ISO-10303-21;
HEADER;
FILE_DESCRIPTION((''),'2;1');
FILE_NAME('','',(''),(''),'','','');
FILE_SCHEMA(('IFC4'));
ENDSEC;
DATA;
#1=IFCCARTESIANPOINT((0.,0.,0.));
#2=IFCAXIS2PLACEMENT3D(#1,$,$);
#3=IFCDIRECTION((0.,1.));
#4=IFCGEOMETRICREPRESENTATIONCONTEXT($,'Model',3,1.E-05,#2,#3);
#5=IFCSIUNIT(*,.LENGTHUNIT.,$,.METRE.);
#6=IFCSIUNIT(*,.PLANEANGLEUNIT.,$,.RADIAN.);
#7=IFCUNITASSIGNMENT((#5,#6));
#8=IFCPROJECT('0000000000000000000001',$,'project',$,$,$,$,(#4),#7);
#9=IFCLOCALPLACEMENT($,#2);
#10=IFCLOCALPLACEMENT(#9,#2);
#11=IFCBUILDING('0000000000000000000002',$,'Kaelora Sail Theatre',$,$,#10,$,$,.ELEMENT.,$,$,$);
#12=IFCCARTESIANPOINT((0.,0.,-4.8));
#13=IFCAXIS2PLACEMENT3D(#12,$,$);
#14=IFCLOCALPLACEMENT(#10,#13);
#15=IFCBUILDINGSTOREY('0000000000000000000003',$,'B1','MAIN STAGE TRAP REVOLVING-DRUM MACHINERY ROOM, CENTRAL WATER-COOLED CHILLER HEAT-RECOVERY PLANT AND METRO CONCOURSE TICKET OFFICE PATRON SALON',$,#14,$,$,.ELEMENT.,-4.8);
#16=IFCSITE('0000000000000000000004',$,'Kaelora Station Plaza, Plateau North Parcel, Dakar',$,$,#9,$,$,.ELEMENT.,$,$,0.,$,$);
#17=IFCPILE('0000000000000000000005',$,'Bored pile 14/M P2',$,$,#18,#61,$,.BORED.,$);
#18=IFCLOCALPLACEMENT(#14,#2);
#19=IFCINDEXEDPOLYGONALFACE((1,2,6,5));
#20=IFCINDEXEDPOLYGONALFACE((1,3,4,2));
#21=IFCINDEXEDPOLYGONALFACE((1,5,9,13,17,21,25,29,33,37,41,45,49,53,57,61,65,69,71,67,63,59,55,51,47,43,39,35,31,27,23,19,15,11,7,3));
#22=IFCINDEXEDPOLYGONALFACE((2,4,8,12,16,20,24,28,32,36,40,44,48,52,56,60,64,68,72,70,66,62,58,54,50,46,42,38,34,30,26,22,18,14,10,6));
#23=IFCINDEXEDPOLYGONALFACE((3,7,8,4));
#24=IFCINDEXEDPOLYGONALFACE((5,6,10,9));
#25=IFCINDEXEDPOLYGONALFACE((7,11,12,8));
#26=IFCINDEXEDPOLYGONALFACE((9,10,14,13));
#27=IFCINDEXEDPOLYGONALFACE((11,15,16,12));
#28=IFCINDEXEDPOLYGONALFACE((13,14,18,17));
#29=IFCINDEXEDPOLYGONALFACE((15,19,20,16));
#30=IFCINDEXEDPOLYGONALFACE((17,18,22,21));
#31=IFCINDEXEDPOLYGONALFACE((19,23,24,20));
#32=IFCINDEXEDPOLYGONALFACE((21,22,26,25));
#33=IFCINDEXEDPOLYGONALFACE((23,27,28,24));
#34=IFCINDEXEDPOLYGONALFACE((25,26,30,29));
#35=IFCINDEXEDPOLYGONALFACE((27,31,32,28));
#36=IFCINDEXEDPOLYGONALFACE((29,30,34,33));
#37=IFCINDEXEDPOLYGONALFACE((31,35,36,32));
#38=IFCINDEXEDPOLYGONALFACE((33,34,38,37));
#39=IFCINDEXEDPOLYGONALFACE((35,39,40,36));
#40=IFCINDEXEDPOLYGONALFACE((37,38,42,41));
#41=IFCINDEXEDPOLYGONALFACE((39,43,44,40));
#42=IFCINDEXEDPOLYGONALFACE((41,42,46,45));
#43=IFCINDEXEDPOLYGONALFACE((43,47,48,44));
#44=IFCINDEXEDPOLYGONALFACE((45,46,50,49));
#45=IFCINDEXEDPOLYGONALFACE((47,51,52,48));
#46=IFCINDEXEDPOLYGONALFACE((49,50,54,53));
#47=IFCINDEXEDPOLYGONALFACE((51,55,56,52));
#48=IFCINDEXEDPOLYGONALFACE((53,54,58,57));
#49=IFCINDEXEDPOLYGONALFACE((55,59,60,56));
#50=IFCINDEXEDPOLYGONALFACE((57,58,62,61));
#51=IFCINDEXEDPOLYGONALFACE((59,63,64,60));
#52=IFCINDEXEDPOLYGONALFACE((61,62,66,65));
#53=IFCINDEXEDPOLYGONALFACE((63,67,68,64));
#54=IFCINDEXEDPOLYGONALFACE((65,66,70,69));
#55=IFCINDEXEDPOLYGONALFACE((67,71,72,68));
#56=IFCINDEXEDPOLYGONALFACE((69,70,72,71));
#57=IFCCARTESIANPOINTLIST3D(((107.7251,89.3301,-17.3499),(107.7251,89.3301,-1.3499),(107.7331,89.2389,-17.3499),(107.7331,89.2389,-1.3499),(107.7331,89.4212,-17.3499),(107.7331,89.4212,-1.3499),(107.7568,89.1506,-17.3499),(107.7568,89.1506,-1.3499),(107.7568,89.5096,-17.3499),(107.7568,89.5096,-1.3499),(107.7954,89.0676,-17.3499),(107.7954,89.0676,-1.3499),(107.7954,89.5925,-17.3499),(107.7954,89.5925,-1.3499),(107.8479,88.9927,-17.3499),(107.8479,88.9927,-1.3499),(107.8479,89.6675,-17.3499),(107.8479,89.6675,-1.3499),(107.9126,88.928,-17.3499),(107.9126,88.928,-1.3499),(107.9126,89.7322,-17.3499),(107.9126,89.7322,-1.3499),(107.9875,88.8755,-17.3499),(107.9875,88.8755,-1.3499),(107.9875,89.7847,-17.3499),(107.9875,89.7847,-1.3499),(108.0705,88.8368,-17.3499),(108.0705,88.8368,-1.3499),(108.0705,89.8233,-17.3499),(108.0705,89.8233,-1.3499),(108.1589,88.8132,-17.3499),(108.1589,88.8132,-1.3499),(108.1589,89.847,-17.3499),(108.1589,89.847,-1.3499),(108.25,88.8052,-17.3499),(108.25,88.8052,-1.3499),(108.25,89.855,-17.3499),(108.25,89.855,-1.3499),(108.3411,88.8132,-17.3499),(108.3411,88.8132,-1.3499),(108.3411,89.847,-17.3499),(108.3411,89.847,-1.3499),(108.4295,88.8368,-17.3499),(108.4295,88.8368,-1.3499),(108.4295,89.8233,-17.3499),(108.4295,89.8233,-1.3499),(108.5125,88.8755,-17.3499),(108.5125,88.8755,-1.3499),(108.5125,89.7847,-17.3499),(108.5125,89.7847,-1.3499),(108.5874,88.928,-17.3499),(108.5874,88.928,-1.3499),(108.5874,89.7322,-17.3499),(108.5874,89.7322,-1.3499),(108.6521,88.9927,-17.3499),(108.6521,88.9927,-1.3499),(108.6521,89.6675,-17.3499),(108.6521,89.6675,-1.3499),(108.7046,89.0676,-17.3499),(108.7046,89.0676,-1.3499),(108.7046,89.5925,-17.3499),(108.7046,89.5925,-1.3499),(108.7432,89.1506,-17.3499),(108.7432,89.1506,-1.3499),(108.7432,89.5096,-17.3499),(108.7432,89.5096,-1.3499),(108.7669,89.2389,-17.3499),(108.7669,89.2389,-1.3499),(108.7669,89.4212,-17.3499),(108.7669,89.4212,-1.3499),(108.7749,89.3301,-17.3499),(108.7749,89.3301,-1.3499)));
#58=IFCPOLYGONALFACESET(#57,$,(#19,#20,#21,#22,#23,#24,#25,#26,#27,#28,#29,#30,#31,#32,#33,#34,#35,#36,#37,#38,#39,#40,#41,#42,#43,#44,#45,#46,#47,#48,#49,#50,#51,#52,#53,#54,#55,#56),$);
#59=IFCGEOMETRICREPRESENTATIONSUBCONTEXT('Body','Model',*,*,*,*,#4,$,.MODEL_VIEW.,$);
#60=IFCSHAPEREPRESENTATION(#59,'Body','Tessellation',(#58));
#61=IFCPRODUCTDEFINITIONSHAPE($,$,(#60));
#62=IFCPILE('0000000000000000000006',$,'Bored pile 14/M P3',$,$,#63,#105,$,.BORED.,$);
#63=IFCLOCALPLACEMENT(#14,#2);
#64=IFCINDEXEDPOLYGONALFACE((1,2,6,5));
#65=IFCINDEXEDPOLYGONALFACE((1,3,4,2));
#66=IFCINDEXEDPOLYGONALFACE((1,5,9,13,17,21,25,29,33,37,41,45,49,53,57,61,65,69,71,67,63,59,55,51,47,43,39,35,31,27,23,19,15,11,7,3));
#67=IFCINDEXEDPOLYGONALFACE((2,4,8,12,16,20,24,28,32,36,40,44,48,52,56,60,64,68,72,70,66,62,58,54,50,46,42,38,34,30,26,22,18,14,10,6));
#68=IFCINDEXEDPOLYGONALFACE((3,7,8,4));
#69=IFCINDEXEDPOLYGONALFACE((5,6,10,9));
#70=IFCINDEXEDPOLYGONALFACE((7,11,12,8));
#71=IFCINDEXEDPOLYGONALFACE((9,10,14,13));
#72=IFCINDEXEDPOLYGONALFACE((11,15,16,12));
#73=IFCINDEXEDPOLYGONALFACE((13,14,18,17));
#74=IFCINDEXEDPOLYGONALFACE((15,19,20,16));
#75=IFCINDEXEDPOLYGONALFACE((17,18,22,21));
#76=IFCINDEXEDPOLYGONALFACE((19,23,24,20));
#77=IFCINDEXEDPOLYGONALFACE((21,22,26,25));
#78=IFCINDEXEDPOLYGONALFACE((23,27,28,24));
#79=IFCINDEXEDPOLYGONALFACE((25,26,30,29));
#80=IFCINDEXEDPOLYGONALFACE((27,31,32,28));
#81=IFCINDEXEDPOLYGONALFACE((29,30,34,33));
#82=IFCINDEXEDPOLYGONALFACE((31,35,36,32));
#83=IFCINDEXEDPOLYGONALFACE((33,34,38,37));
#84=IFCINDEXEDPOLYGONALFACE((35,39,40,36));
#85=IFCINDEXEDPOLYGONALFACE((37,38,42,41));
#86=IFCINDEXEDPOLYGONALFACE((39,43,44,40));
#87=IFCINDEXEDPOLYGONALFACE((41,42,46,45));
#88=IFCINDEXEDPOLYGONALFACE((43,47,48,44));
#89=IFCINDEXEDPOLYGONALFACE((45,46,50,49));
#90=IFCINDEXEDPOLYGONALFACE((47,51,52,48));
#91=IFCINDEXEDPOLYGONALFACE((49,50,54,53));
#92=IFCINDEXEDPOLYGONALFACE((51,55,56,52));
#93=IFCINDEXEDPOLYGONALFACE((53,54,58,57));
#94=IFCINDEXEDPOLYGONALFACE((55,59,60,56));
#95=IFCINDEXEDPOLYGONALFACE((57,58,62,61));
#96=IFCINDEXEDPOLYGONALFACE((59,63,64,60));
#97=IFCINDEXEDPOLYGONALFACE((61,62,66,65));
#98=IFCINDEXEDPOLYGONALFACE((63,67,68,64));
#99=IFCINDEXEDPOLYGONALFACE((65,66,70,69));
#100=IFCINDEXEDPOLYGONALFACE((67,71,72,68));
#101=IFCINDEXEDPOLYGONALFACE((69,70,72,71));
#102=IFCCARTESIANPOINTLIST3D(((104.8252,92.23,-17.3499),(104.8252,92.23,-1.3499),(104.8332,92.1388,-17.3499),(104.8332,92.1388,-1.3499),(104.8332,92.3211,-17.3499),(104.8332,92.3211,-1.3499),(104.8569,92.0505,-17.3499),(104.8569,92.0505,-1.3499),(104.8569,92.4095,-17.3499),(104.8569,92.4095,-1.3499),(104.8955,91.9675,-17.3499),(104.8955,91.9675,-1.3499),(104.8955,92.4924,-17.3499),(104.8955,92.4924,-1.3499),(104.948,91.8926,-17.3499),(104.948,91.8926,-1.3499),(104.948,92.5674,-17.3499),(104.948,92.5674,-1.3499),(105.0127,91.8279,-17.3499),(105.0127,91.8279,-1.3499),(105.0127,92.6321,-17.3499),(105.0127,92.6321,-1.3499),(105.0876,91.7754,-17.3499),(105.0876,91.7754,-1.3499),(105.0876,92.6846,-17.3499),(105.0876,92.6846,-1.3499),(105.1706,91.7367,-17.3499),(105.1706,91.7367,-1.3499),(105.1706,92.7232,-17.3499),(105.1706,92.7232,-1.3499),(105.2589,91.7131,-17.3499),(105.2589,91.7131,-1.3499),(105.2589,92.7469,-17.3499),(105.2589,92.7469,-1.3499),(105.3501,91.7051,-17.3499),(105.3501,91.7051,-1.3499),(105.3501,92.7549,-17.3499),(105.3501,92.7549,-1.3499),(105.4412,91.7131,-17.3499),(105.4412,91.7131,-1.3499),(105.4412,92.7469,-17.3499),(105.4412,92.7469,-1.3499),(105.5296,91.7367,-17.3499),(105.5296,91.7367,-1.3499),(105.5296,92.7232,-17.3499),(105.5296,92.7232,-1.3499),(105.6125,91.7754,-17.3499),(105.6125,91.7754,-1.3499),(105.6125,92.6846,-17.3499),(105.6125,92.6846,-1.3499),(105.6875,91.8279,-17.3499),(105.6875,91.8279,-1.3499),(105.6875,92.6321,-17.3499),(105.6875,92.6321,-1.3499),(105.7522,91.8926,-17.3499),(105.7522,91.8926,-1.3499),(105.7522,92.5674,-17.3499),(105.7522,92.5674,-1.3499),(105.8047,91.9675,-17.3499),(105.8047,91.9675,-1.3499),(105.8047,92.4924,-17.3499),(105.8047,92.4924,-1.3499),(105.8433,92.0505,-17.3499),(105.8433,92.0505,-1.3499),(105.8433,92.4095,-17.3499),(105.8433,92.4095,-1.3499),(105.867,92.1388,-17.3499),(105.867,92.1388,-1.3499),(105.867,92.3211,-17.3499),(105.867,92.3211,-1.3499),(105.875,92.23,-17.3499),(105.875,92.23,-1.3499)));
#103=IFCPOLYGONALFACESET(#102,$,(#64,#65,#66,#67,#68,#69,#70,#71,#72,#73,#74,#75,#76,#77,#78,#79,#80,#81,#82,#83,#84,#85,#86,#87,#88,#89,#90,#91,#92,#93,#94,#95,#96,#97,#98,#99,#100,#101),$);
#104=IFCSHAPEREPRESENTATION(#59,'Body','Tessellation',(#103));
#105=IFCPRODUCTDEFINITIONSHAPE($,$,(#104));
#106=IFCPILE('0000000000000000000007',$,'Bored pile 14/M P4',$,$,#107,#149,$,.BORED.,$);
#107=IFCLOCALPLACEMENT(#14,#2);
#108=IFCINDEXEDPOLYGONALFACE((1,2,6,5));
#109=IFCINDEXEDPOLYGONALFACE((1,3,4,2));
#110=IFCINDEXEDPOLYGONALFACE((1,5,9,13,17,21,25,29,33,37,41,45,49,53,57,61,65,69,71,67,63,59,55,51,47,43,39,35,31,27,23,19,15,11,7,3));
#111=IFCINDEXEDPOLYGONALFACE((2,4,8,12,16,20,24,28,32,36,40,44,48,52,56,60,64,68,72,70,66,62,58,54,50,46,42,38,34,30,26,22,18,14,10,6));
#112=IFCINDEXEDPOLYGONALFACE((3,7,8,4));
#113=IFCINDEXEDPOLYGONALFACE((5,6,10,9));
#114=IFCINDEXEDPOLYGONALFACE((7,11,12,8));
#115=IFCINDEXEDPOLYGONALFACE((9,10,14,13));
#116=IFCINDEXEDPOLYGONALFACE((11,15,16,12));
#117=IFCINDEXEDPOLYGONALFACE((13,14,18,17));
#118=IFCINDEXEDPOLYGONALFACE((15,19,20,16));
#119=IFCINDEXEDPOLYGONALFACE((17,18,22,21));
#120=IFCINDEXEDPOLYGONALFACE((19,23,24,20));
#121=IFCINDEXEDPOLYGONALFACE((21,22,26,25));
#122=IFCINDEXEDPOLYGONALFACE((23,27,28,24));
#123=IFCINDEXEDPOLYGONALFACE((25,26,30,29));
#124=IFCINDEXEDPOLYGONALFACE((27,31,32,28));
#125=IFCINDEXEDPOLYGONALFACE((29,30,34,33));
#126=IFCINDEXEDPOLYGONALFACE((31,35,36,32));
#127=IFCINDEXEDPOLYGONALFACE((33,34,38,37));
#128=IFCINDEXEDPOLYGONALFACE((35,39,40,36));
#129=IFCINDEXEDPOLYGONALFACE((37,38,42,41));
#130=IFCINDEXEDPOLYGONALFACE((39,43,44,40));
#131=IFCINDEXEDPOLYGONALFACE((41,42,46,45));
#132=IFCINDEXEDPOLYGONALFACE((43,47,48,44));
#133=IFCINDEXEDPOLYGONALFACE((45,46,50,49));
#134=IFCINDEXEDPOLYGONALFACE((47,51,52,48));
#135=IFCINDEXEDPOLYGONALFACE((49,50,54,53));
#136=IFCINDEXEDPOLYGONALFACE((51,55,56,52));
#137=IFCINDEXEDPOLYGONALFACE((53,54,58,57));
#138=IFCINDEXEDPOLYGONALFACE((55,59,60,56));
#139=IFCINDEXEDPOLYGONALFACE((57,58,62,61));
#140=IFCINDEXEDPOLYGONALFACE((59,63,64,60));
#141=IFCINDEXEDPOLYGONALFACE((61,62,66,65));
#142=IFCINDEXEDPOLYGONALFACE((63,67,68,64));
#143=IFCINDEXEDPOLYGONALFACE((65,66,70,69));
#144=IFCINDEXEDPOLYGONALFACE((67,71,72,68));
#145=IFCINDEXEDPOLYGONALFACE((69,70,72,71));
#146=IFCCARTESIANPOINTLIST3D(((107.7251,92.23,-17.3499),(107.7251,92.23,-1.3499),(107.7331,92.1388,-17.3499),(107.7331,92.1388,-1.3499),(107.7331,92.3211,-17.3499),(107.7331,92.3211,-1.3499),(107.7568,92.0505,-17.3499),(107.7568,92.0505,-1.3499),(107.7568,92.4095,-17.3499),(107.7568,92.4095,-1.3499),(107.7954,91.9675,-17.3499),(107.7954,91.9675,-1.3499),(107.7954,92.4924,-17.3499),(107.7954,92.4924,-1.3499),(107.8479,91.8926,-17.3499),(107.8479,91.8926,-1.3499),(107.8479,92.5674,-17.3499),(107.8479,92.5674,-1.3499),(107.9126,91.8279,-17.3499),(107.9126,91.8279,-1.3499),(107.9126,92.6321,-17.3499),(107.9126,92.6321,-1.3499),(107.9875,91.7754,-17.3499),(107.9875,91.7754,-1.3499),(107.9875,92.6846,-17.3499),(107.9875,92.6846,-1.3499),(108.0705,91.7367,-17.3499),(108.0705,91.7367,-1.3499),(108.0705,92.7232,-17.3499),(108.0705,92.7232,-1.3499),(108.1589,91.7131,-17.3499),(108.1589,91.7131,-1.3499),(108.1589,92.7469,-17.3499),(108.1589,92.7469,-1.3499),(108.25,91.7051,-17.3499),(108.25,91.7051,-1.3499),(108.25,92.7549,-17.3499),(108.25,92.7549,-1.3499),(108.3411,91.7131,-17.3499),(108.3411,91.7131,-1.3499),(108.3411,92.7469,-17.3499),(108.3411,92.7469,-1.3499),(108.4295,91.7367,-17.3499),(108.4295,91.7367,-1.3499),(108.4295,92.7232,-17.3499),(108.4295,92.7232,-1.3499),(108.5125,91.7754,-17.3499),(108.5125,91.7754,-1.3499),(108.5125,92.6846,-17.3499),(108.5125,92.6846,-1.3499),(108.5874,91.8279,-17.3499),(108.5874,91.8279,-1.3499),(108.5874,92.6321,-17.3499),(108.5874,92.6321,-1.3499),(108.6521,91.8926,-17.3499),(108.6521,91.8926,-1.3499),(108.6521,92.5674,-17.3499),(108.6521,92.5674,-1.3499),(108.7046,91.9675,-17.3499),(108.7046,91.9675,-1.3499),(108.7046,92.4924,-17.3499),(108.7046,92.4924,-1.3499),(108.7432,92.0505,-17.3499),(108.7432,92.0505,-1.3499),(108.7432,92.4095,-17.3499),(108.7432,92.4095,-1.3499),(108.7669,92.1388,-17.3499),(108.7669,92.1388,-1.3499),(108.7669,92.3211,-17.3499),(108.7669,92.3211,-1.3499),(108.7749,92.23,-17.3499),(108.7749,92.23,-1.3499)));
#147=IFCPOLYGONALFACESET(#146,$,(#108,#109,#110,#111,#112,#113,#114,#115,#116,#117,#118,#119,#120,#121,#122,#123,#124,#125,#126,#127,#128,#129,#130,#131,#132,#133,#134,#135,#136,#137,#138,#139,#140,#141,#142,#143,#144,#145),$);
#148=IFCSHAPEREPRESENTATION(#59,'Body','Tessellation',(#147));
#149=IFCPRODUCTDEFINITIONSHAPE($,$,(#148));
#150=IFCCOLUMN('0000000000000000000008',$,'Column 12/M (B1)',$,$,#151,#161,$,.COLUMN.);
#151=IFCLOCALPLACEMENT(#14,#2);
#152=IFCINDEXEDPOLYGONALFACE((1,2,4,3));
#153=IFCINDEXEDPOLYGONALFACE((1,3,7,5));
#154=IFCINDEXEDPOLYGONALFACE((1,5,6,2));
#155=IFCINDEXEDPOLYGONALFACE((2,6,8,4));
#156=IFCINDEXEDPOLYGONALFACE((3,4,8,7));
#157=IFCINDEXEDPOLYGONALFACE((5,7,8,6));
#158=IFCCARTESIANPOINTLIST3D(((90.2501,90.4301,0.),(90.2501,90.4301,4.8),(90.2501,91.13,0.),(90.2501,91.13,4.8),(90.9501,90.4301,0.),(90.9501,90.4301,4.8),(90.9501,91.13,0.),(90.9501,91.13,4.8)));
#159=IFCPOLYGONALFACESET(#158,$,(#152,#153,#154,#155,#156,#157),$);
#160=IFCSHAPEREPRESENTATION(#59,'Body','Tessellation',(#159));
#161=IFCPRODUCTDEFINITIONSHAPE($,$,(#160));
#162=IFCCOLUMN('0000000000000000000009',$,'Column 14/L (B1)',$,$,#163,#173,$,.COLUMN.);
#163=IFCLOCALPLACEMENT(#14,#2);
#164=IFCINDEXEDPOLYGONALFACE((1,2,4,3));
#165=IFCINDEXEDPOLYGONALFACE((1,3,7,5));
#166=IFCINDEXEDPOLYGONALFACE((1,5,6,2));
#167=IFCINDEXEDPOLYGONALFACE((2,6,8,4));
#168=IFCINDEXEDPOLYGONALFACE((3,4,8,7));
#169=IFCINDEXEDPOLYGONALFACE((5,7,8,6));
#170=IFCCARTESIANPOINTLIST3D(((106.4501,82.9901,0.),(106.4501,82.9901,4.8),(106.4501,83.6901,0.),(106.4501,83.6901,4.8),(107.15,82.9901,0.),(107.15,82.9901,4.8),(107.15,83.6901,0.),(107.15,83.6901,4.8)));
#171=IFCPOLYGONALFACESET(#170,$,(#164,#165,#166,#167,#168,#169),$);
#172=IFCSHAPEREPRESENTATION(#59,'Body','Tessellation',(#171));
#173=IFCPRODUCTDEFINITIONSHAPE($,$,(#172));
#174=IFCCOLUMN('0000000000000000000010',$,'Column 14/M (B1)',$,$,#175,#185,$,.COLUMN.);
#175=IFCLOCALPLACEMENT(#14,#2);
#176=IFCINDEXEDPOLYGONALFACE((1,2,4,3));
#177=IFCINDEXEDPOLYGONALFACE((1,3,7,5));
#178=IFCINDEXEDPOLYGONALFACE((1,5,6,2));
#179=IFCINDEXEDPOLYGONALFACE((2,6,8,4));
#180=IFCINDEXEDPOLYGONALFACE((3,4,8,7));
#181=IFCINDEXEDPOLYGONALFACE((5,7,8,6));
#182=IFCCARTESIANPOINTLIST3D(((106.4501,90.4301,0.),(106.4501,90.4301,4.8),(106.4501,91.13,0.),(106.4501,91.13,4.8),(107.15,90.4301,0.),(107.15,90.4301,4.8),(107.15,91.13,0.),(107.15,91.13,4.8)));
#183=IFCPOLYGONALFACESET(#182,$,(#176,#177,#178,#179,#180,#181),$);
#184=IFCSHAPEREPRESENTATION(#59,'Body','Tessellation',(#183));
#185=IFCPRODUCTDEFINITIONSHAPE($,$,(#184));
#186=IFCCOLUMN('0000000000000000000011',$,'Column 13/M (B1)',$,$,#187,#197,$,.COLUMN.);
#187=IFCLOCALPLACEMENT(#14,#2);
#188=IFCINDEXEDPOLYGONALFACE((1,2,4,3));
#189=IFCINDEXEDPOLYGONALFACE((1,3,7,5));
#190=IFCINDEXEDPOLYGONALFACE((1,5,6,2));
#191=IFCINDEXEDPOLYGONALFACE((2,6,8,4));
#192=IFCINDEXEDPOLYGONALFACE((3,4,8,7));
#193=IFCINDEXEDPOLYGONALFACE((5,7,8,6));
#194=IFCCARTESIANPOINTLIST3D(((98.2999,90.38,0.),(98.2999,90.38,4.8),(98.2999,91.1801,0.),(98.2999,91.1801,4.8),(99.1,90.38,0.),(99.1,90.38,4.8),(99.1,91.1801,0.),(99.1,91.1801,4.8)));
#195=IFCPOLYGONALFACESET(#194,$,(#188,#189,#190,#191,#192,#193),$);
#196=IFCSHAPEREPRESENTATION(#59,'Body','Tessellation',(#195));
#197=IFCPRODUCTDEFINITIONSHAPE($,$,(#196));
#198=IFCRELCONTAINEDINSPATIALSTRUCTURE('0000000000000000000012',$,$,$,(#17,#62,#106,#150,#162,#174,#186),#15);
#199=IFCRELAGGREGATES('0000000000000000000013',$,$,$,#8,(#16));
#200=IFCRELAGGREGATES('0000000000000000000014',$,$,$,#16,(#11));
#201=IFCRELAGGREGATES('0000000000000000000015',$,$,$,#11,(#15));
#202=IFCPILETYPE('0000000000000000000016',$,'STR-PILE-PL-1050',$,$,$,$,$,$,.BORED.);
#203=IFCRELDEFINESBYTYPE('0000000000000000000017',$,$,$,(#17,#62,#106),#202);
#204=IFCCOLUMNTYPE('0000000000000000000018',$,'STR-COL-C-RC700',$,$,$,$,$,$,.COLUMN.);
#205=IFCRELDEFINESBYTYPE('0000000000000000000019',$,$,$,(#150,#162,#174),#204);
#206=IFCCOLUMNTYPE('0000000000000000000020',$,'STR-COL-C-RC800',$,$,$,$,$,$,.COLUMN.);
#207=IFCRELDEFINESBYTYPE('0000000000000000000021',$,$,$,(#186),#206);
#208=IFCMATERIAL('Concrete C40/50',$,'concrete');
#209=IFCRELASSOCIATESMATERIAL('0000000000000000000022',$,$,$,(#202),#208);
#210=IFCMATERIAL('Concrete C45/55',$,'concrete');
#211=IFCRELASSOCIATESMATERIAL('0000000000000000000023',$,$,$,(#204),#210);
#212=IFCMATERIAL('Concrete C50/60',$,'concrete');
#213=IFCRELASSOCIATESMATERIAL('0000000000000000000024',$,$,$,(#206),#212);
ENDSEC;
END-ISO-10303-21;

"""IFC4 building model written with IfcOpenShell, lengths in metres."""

from ifc_helpers import new_model, si_unit, direction, frame, origin, origin_2d, place, context, subcontext, project, spatial, rectangle, circle, extrude, material, material_profile, profile_set, type_object, element, save


model = new_model("IFC4")

# Units and contexts
model_context = context("Model", 3, precision=1e-05, world=origin(), true_north=direction((0.0, 1.0)))
body_context = subcontext(model_context, "Body", "Model", "MODEL_VIEW")
ifc_project = project(units=[si_unit("LENGTHUNIT", "METRE"), si_unit("PLANEANGLEUNIT", "RADIAN")], contexts=[model_context])

# Site, building, storey
site_placement = place(None, origin())
site = spatial("IfcSite", under=ifc_project, at=site_placement, Name="Kaelora Station Plaza, Plateau North Parcel, Dakar", CompositionType="ELEMENT", RefElevation=0.0)
building_placement = place(site_placement, origin())
building = spatial("IfcBuilding", under=site, at=building_placement, Name="Kaelora Sail Theatre", CompositionType="ELEMENT")
storey_placement = place(building_placement, frame((0.0, 0.0, -4.8)))
storey = spatial("IfcBuildingStorey", under=building, at=storey_placement, Name="B1", Description="MAIN STAGE TRAP REVOLVING-DRUM MACHINERY ROOM, CENTRAL WATER-COOLED CHILLER HEAT-RECOVERY PLANT AND METRO CONCOURSE TICKET OFFICE PATRON SALON", CompositionType="ELEMENT", Elevation=-4.8)

# Piles
ifc_material_1 = material(Name="Concrete C40/50", Category="concrete")
ifc_material_profile_1 = material_profile(ifc_material_1, circle(Radius=0.5249, at=origin_2d()), Name="PILE D1050")
ifc_profile_set_1 = profile_set([ifc_material_profile_1], Name="Concrete C40/50")
pile_type = type_object("IfcPileType", Name="STR-PILE-PL-1050", PredefinedType="BORED", material=ifc_profile_set_1)
for number, where, z_axis, x_axis, name in (
    (1, (108.25, 89.3301, -1.3499), (0.0, 0.0, -1.0), (1.0, 0.0, 0.0), "Bored pile 14/M P2"),
    (2, (105.3501, 92.23, -1.3499), (0.0, 0.0, -1.0), (1.0, 0.0, 0.0), "Bored pile 14/M P3"),
    (3, (108.25, 92.23, -1.3499), (0.0, 0.0, -1.0), (1.0, 0.0, 0.0), "Bored pile 14/M P4"),
):
    element("IfcPile", number, at=place(storey_placement, frame(where, z_axis=z_axis, x_axis=x_axis)), inside=storey, type_object=pile_type, Name=name, PredefinedType="BORED", context=body_context, shape_type="SweptSolid", body=[
        extrude(circle(Radius=0.5249, at=origin_2d()), origin(), (0.0, 0.0, 1.0), 16.0),
    ])

# Columns
ifc_material_2 = material(Name="Concrete C45/55", Category="concrete")
ifc_material_profile_2 = material_profile(ifc_material_2, rectangle(XDim=0.7, YDim=0.7, at=origin_2d()), Name="RC-COL 700x700")
ifc_profile_set_2 = profile_set([ifc_material_profile_2], Name="Concrete C45/55")
column_type_1 = type_object("IfcColumnType", Name="STR-COL-C-RC700", PredefinedType="COLUMN", material=ifc_profile_set_2)
for number, where, z_axis, x_axis, name in (
    (4, (90.6001, 90.78, 0.0), (0.0, 0.0, 1.0), (1.0, 0.0, 0.0), "Column 12/M (B1)"),
    (5, (106.8, 83.3401, 0.0), (0.0, 0.0, 1.0), (1.0, 0.0, 0.0), "Column 14/L (B1)"),
    (6, (106.8, 90.78, 0.0), (0.0, 0.0, 1.0), (1.0, 0.0, 0.0), "Column 14/M (B1)"),
):
    element("IfcColumn", number, at=place(storey_placement, frame(where, z_axis=z_axis, x_axis=x_axis)), inside=storey, type_object=column_type_1, Name=name, PredefinedType="COLUMN", context=body_context, shape_type="SweptSolid", body=[
        extrude(rectangle(XDim=0.7, YDim=0.7, at=origin_2d()), origin(), (0.0, 0.0, 1.0), 4.8),
    ])
ifc_material_3 = material(Name="Concrete C50/60", Category="concrete")
ifc_material_profile_3 = material_profile(ifc_material_3, rectangle(XDim=0.8, YDim=0.8, at=origin_2d()), Name="RC-COL 800x800")
ifc_profile_set_3 = profile_set([ifc_material_profile_3], Name="Concrete C50/60")
column_type_2 = type_object("IfcColumnType", Name="STR-COL-C-RC800", PredefinedType="COLUMN", material=ifc_profile_set_3)
column_placement = place(storey_placement, frame((98.7, 90.78, 0.0), z_axis=(0.0, 0.0, 1.0), x_axis=(1.0, 0.0, 0.0)))
element("IfcColumn", 7, at=column_placement, inside=storey, type_object=column_type_2, Name="Column 13/M (B1)", PredefinedType="COLUMN", context=body_context, shape_type="SweptSolid", body=[
    extrude(rectangle(XDim=0.8, YDim=0.8, at=origin_2d()), origin(), (0.0, 0.0, 1.0), 4.8),
])

save(model, "model.ifc")
